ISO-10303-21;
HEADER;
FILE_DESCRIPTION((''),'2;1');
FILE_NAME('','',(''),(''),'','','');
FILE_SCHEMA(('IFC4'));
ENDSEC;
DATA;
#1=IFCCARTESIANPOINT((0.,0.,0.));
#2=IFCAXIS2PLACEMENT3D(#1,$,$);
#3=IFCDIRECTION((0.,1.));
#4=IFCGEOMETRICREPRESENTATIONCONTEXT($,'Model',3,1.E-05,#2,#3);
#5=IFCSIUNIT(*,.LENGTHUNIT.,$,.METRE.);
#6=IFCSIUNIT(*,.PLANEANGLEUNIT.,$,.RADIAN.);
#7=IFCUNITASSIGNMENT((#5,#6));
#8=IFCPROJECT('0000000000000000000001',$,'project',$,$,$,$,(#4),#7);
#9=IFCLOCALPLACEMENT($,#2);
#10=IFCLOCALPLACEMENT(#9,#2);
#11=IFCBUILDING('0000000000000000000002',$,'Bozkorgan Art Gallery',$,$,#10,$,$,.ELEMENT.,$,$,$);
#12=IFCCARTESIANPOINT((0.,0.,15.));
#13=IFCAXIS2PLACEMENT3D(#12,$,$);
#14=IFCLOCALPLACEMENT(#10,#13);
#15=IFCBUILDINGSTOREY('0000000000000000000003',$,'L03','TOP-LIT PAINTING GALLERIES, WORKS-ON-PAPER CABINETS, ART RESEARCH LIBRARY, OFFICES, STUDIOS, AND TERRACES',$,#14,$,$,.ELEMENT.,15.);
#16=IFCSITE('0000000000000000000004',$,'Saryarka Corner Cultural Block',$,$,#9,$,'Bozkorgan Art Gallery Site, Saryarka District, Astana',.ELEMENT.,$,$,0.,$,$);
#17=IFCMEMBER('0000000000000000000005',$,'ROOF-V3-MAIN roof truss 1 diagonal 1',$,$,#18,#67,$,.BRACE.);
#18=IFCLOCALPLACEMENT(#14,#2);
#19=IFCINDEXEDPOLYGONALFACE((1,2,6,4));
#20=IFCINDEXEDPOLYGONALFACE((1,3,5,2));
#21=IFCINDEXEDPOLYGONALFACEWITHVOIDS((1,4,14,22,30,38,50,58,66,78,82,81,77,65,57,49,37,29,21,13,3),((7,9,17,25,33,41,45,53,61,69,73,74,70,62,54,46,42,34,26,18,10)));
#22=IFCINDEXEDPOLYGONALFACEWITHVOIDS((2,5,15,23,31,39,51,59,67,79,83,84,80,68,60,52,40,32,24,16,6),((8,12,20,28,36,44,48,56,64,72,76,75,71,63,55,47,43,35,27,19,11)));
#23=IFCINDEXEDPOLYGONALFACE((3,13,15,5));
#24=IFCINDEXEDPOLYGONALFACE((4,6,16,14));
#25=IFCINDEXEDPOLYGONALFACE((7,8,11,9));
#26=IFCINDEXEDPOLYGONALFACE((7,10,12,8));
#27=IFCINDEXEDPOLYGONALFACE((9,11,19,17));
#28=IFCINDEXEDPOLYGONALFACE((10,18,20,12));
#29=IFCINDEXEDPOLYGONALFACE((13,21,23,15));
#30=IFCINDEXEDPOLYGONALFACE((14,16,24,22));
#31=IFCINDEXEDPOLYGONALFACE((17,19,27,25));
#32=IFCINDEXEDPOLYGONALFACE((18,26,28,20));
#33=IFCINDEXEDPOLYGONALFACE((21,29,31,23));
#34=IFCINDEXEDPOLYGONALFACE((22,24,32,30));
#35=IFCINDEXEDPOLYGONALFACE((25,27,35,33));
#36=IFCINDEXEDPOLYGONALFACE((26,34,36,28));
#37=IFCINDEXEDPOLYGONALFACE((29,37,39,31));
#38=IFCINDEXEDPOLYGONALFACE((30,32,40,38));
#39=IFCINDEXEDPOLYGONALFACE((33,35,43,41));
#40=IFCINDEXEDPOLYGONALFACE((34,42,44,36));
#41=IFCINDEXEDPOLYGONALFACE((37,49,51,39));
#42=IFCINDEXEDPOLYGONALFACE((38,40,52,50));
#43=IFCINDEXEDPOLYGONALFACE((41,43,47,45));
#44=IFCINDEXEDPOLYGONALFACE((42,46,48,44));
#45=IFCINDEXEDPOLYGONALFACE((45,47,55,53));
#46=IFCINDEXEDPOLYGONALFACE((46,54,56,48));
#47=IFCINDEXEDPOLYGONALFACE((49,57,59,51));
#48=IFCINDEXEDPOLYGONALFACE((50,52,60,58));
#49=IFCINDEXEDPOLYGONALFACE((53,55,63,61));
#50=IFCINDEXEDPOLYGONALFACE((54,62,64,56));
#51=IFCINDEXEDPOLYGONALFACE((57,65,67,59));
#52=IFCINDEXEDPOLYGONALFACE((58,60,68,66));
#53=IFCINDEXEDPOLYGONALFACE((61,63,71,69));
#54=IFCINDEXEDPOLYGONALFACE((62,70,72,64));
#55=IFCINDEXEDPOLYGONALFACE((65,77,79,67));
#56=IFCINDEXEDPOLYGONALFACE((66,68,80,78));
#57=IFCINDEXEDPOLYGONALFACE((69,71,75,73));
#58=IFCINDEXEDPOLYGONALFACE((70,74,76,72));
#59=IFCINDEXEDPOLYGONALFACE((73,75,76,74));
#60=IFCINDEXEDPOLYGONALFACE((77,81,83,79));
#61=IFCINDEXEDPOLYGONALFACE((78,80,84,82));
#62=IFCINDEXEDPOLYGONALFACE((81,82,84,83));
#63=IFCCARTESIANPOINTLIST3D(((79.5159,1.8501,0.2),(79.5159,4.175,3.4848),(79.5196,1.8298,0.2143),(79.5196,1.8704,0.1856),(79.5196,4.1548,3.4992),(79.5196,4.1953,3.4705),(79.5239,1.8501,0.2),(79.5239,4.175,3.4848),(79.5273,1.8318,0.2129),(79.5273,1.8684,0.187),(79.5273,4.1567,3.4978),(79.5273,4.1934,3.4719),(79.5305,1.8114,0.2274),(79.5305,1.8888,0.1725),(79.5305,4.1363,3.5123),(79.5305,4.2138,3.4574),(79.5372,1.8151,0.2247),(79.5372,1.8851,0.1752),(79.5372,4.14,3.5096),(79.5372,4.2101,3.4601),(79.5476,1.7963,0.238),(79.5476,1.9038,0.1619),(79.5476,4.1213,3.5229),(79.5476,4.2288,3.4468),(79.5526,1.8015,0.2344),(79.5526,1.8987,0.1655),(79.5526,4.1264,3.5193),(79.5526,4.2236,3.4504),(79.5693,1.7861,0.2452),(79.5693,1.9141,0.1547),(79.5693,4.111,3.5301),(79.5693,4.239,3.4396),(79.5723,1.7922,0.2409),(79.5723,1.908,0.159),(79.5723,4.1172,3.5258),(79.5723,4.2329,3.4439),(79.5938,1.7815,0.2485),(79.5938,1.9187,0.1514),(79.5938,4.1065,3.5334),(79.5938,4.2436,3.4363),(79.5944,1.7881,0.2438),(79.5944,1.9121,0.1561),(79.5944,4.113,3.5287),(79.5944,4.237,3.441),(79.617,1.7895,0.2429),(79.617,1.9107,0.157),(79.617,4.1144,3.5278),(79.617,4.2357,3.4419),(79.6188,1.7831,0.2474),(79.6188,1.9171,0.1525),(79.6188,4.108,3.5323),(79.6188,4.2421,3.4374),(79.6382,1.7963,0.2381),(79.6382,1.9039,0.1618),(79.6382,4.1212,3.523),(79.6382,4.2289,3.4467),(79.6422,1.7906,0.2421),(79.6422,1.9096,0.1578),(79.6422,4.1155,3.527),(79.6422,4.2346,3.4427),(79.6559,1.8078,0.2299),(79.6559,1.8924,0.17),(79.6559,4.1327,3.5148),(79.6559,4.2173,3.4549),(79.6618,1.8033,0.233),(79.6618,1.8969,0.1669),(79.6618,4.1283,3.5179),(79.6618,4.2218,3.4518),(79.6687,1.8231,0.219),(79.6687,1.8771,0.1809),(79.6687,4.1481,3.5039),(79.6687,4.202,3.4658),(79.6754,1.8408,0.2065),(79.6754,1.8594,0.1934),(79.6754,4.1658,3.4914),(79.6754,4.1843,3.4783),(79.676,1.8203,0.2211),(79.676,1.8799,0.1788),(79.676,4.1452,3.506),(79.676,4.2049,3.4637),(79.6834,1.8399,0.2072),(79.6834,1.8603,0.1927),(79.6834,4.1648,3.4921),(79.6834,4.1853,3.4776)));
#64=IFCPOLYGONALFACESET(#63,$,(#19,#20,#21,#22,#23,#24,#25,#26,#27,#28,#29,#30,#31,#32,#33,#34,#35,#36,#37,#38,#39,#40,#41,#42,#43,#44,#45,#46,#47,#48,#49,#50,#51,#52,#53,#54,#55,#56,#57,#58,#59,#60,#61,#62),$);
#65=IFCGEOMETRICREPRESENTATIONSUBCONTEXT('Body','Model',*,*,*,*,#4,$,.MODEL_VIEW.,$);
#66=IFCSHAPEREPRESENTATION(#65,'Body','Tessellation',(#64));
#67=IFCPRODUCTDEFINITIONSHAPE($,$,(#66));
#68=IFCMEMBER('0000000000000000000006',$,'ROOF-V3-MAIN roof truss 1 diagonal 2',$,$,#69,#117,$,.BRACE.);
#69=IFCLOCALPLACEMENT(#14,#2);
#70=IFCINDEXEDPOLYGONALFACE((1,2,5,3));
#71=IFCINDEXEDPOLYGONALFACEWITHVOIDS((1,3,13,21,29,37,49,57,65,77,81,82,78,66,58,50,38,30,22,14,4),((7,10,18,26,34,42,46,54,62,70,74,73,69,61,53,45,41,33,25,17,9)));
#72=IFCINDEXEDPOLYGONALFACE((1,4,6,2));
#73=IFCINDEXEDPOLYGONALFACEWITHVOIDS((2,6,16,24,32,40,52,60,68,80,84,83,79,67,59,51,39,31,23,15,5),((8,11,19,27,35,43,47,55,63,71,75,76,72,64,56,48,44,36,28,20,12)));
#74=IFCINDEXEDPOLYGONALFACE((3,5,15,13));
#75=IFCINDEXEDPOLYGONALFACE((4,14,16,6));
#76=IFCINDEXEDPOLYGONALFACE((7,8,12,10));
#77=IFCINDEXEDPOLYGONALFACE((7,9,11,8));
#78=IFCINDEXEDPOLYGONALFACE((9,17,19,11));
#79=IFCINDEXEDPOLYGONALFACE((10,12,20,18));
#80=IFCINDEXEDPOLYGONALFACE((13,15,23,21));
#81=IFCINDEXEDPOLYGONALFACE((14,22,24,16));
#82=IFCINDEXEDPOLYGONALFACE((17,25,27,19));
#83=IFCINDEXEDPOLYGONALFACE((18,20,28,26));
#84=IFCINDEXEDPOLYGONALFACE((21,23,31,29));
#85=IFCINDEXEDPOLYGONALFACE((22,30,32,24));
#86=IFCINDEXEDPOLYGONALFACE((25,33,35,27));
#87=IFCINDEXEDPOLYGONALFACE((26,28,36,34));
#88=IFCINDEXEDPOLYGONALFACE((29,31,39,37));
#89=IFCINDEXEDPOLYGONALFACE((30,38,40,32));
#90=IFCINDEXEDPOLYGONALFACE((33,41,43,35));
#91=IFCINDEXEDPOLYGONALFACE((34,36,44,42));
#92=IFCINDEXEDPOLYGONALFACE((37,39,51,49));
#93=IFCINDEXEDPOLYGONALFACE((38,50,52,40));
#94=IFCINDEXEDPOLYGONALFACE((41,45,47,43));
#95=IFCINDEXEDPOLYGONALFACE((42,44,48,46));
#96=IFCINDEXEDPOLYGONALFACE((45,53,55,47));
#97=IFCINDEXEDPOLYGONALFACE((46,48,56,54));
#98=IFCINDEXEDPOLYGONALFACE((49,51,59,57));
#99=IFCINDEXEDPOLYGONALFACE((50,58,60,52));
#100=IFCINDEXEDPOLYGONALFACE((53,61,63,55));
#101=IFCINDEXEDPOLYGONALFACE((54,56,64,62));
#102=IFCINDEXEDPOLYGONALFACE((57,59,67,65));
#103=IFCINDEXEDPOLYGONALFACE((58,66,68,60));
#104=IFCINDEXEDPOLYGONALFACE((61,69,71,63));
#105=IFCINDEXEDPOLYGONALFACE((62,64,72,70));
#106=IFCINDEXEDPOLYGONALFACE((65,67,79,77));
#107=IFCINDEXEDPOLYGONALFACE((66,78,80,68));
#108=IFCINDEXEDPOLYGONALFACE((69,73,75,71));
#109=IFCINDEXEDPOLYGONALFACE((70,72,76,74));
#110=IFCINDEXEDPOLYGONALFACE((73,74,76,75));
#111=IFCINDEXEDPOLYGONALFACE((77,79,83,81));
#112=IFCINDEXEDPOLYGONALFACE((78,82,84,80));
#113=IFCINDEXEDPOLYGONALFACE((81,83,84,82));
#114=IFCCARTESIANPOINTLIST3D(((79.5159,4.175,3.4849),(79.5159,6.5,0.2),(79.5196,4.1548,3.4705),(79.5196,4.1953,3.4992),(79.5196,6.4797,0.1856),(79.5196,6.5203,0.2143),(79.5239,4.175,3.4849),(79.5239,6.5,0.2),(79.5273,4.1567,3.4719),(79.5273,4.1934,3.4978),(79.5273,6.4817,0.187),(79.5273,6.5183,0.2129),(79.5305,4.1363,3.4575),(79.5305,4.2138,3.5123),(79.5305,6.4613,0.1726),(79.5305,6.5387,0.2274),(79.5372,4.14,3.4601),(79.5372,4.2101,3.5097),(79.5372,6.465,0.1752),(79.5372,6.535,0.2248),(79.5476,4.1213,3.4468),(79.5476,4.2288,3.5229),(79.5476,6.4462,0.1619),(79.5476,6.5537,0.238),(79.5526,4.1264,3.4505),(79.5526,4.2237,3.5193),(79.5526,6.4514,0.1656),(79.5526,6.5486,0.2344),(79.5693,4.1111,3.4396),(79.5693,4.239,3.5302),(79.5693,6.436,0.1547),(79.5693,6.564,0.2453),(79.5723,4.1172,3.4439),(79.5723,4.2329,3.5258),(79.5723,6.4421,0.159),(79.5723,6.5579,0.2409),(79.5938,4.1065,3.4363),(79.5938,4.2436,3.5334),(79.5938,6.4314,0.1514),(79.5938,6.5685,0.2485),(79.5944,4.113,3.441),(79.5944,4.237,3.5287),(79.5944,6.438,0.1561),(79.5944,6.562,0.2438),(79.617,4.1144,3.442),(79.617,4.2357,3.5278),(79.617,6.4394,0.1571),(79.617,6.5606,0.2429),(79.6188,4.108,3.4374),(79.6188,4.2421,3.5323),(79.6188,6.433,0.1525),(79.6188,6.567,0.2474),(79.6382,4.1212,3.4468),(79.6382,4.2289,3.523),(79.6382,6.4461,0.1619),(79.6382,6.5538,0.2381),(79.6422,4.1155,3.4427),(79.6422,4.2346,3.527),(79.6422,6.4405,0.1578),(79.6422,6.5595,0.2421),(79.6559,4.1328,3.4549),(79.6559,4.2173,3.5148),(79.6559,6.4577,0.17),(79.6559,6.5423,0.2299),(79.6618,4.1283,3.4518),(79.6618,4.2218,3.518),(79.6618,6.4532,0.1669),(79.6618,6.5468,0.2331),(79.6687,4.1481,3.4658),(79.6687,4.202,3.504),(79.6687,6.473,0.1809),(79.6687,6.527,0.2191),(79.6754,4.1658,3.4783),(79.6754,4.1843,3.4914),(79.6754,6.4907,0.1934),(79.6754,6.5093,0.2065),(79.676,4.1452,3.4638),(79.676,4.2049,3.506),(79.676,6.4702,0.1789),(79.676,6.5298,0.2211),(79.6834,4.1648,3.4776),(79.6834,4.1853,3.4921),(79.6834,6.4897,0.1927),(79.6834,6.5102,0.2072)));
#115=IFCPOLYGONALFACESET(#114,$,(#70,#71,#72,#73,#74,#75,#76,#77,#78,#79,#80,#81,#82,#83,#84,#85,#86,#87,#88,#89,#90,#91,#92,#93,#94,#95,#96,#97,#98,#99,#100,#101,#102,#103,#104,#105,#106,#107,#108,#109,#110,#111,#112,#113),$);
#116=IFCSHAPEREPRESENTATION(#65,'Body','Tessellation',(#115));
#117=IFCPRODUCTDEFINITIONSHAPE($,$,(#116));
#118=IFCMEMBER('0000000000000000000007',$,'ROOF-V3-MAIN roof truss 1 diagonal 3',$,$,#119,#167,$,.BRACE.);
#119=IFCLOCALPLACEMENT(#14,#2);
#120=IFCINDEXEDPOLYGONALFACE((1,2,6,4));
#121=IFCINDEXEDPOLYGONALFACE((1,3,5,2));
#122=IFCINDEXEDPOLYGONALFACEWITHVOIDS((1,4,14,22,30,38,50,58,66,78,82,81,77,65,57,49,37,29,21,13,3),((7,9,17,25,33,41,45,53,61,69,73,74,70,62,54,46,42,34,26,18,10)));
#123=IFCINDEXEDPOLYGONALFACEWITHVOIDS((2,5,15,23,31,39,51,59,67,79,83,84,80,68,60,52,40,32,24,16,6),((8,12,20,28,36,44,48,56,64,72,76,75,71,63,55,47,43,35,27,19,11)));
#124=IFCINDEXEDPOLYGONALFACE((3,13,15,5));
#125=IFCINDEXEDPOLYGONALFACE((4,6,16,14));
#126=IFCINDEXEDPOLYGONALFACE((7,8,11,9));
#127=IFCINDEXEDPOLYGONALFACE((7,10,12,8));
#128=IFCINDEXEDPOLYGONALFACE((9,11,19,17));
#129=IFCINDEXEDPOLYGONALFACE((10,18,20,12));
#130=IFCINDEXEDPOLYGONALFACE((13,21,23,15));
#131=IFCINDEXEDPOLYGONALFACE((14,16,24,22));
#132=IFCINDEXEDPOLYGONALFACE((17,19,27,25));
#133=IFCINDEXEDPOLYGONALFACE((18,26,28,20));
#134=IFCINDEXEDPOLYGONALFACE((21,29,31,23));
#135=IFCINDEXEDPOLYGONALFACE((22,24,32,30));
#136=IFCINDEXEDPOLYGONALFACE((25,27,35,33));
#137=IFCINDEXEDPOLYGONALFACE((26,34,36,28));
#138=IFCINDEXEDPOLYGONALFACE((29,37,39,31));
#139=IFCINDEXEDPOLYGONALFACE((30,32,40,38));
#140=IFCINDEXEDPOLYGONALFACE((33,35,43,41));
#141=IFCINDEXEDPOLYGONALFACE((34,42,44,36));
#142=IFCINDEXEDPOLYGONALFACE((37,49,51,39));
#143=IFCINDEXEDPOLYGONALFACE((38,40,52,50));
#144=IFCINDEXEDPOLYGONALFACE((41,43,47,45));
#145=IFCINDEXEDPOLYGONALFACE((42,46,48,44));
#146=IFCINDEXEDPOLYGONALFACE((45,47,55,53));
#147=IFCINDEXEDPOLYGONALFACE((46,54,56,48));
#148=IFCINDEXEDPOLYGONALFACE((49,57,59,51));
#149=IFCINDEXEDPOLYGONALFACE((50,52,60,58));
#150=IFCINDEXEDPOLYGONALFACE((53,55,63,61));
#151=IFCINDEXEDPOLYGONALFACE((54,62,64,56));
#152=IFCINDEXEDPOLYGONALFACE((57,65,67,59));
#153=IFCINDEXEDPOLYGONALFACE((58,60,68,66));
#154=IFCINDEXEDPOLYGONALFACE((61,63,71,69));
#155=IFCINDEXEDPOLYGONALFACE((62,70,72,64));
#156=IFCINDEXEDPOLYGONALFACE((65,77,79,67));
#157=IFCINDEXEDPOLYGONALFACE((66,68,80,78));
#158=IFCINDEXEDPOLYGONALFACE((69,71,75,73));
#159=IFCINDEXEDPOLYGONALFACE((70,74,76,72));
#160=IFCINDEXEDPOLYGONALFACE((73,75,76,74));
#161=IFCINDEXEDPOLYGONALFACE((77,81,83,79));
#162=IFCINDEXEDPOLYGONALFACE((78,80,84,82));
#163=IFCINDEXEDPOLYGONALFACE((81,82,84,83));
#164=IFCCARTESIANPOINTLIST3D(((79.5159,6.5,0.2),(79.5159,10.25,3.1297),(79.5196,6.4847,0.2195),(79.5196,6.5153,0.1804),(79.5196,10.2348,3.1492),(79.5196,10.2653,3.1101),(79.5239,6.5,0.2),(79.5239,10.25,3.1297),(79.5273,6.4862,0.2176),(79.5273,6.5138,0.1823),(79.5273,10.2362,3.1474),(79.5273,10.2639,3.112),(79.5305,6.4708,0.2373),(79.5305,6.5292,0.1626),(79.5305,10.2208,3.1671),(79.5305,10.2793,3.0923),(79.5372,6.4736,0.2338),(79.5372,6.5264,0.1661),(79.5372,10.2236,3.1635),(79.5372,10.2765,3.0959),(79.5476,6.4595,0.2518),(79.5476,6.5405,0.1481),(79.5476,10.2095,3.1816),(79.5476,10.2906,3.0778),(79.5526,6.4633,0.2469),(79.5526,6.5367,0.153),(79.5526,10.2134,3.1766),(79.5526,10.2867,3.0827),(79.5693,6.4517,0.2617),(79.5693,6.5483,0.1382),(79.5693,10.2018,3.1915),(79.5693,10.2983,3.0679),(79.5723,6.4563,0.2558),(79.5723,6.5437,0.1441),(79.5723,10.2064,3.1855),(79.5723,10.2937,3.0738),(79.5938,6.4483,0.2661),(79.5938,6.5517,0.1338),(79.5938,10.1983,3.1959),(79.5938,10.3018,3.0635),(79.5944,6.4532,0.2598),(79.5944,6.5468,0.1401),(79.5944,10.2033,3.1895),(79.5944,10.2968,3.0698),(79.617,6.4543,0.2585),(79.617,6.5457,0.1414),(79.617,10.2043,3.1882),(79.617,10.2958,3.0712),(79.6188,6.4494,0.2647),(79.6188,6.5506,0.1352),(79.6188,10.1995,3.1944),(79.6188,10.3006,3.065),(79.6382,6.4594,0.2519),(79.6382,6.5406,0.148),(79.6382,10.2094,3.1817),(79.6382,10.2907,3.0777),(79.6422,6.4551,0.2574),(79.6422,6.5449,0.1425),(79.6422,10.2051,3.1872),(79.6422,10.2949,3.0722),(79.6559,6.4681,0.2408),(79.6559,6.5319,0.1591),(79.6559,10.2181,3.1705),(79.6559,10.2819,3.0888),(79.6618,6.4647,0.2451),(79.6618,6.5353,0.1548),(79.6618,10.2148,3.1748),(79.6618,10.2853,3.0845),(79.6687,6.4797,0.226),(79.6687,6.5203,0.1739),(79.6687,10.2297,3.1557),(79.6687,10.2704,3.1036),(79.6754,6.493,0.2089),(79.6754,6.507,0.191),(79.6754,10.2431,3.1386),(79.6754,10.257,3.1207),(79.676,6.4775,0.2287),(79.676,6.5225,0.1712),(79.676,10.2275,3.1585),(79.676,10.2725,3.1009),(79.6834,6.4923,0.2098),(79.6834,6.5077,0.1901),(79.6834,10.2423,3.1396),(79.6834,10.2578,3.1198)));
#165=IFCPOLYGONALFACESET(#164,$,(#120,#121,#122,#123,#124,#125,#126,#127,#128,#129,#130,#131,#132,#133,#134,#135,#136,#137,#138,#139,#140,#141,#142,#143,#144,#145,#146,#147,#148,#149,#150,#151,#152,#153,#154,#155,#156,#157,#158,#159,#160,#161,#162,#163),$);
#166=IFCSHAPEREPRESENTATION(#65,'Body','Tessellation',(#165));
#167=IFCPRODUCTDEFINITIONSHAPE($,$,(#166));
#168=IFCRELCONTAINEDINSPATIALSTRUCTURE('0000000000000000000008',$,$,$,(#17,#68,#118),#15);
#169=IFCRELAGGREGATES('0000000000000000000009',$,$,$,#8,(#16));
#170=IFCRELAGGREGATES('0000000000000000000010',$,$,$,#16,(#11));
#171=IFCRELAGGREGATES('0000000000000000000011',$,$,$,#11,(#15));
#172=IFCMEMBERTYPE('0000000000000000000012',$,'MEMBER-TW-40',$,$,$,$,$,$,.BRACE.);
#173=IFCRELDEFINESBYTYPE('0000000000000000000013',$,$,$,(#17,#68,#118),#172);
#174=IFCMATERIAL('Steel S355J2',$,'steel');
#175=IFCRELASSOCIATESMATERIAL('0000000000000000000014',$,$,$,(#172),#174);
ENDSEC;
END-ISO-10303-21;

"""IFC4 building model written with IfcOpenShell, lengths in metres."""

from ifc_helpers import new_model, si_unit, direction, frame, origin, origin_2d, place, context, subcontext, project, spatial, hollow_circle, extrude, material, material_profile, profile_set, type_object, element, save


model = new_model("IFC4")

# Units and contexts
model_context = context("Model", 3, precision=1e-05, world=origin(), true_north=direction((0.0, 1.0)))
body_context = subcontext(model_context, "Body", "Model", "MODEL_VIEW")
ifc_project = project(units=[si_unit("LENGTHUNIT", "METRE"), si_unit("PLANEANGLEUNIT", "RADIAN")], contexts=[model_context])

# Site, building, storey
site_placement = place(None, origin())
site = spatial("IfcSite", under=ifc_project, at=site_placement, Name="Saryarka Corner Cultural Block", LongName="Bozkorgan Art Gallery Site, Saryarka District, Astana", CompositionType="ELEMENT", RefElevation=0.0)
building_placement = place(site_placement, origin())
building = spatial("IfcBuilding", under=site, at=building_placement, Name="Bozkorgan Art Gallery", CompositionType="ELEMENT")
storey_placement = place(building_placement, frame((0.0, 0.0, 15.0)))
storey = spatial("IfcBuildingStorey", under=building, at=storey_placement, Name="L03", Description="TOP-LIT PAINTING GALLERIES, WORKS-ON-PAPER CABINETS, ART RESEARCH LIBRARY, OFFICES, STUDIOS, AND TERRACES", CompositionType="ELEMENT", Elevation=15.0)

# Shared definitions
ifc_material_1 = material(Name="Steel S355J2", Category="steel")

# Members
ifc_material_profile_1 = material_profile(ifc_material_1, hollow_circle(Radius=0.0842, WallThickness=0.0081, at=origin_2d()), Name="CHS 168.3x8")
ifc_profile_set_1 = profile_set([ifc_material_profile_1], Name="Steel S355J2")
member_type_1 = type_object("IfcMemberType", Name="MEMBER-TW-40", PredefinedType="BRACE", material=ifc_profile_set_1)
for number, where, z_axis, x_axis, name in (
    (1, (79.6001, 1.8501, 0.2), (0.0, 0.577709, 0.816243), (-1.0, 0.0, 0.0), "ROOF-V3-MAIN roof truss 1 diagonal 1"),
    (2, (79.6001, 4.175, 3.4849), (0.0, 0.577709, -0.816243), (-1.0, 0.0, 0.0), "ROOF-V3-MAIN roof truss 1 diagonal 2"),
):
    element("IfcMember", number, at=place(storey_placement, frame(where, z_axis=z_axis, x_axis=x_axis)), inside=storey, type_object=member_type_1, Name=name, PredefinedType="BRACE", context=body_context, shape_type="SweptSolid", body=[
        extrude(hollow_circle(Radius=0.0842, WallThickness=0.0081, at=origin_2d()), origin(), (0.0, 0.0, 1.0), 4.0244),
    ])
member_1_placement = place(storey_placement, frame((79.6001, 6.5, 0.2), z_axis=(0.0, 0.788024, 0.615644), x_axis=(-1.0, 0.0, 0.0)))
element("IfcMember", 3, at=member_1_placement, inside=storey, type_object=member_type_1, Name="ROOF-V3-MAIN roof truss 1 diagonal 3", PredefinedType="BRACE", context=body_context, shape_type="SweptSolid", body=[
    extrude(hollow_circle(Radius=0.0842, WallThickness=0.0081, at=origin_2d()), origin(), (0.0, 0.0, 1.0), 4.7588),
])

save(model, "model.ifc")
